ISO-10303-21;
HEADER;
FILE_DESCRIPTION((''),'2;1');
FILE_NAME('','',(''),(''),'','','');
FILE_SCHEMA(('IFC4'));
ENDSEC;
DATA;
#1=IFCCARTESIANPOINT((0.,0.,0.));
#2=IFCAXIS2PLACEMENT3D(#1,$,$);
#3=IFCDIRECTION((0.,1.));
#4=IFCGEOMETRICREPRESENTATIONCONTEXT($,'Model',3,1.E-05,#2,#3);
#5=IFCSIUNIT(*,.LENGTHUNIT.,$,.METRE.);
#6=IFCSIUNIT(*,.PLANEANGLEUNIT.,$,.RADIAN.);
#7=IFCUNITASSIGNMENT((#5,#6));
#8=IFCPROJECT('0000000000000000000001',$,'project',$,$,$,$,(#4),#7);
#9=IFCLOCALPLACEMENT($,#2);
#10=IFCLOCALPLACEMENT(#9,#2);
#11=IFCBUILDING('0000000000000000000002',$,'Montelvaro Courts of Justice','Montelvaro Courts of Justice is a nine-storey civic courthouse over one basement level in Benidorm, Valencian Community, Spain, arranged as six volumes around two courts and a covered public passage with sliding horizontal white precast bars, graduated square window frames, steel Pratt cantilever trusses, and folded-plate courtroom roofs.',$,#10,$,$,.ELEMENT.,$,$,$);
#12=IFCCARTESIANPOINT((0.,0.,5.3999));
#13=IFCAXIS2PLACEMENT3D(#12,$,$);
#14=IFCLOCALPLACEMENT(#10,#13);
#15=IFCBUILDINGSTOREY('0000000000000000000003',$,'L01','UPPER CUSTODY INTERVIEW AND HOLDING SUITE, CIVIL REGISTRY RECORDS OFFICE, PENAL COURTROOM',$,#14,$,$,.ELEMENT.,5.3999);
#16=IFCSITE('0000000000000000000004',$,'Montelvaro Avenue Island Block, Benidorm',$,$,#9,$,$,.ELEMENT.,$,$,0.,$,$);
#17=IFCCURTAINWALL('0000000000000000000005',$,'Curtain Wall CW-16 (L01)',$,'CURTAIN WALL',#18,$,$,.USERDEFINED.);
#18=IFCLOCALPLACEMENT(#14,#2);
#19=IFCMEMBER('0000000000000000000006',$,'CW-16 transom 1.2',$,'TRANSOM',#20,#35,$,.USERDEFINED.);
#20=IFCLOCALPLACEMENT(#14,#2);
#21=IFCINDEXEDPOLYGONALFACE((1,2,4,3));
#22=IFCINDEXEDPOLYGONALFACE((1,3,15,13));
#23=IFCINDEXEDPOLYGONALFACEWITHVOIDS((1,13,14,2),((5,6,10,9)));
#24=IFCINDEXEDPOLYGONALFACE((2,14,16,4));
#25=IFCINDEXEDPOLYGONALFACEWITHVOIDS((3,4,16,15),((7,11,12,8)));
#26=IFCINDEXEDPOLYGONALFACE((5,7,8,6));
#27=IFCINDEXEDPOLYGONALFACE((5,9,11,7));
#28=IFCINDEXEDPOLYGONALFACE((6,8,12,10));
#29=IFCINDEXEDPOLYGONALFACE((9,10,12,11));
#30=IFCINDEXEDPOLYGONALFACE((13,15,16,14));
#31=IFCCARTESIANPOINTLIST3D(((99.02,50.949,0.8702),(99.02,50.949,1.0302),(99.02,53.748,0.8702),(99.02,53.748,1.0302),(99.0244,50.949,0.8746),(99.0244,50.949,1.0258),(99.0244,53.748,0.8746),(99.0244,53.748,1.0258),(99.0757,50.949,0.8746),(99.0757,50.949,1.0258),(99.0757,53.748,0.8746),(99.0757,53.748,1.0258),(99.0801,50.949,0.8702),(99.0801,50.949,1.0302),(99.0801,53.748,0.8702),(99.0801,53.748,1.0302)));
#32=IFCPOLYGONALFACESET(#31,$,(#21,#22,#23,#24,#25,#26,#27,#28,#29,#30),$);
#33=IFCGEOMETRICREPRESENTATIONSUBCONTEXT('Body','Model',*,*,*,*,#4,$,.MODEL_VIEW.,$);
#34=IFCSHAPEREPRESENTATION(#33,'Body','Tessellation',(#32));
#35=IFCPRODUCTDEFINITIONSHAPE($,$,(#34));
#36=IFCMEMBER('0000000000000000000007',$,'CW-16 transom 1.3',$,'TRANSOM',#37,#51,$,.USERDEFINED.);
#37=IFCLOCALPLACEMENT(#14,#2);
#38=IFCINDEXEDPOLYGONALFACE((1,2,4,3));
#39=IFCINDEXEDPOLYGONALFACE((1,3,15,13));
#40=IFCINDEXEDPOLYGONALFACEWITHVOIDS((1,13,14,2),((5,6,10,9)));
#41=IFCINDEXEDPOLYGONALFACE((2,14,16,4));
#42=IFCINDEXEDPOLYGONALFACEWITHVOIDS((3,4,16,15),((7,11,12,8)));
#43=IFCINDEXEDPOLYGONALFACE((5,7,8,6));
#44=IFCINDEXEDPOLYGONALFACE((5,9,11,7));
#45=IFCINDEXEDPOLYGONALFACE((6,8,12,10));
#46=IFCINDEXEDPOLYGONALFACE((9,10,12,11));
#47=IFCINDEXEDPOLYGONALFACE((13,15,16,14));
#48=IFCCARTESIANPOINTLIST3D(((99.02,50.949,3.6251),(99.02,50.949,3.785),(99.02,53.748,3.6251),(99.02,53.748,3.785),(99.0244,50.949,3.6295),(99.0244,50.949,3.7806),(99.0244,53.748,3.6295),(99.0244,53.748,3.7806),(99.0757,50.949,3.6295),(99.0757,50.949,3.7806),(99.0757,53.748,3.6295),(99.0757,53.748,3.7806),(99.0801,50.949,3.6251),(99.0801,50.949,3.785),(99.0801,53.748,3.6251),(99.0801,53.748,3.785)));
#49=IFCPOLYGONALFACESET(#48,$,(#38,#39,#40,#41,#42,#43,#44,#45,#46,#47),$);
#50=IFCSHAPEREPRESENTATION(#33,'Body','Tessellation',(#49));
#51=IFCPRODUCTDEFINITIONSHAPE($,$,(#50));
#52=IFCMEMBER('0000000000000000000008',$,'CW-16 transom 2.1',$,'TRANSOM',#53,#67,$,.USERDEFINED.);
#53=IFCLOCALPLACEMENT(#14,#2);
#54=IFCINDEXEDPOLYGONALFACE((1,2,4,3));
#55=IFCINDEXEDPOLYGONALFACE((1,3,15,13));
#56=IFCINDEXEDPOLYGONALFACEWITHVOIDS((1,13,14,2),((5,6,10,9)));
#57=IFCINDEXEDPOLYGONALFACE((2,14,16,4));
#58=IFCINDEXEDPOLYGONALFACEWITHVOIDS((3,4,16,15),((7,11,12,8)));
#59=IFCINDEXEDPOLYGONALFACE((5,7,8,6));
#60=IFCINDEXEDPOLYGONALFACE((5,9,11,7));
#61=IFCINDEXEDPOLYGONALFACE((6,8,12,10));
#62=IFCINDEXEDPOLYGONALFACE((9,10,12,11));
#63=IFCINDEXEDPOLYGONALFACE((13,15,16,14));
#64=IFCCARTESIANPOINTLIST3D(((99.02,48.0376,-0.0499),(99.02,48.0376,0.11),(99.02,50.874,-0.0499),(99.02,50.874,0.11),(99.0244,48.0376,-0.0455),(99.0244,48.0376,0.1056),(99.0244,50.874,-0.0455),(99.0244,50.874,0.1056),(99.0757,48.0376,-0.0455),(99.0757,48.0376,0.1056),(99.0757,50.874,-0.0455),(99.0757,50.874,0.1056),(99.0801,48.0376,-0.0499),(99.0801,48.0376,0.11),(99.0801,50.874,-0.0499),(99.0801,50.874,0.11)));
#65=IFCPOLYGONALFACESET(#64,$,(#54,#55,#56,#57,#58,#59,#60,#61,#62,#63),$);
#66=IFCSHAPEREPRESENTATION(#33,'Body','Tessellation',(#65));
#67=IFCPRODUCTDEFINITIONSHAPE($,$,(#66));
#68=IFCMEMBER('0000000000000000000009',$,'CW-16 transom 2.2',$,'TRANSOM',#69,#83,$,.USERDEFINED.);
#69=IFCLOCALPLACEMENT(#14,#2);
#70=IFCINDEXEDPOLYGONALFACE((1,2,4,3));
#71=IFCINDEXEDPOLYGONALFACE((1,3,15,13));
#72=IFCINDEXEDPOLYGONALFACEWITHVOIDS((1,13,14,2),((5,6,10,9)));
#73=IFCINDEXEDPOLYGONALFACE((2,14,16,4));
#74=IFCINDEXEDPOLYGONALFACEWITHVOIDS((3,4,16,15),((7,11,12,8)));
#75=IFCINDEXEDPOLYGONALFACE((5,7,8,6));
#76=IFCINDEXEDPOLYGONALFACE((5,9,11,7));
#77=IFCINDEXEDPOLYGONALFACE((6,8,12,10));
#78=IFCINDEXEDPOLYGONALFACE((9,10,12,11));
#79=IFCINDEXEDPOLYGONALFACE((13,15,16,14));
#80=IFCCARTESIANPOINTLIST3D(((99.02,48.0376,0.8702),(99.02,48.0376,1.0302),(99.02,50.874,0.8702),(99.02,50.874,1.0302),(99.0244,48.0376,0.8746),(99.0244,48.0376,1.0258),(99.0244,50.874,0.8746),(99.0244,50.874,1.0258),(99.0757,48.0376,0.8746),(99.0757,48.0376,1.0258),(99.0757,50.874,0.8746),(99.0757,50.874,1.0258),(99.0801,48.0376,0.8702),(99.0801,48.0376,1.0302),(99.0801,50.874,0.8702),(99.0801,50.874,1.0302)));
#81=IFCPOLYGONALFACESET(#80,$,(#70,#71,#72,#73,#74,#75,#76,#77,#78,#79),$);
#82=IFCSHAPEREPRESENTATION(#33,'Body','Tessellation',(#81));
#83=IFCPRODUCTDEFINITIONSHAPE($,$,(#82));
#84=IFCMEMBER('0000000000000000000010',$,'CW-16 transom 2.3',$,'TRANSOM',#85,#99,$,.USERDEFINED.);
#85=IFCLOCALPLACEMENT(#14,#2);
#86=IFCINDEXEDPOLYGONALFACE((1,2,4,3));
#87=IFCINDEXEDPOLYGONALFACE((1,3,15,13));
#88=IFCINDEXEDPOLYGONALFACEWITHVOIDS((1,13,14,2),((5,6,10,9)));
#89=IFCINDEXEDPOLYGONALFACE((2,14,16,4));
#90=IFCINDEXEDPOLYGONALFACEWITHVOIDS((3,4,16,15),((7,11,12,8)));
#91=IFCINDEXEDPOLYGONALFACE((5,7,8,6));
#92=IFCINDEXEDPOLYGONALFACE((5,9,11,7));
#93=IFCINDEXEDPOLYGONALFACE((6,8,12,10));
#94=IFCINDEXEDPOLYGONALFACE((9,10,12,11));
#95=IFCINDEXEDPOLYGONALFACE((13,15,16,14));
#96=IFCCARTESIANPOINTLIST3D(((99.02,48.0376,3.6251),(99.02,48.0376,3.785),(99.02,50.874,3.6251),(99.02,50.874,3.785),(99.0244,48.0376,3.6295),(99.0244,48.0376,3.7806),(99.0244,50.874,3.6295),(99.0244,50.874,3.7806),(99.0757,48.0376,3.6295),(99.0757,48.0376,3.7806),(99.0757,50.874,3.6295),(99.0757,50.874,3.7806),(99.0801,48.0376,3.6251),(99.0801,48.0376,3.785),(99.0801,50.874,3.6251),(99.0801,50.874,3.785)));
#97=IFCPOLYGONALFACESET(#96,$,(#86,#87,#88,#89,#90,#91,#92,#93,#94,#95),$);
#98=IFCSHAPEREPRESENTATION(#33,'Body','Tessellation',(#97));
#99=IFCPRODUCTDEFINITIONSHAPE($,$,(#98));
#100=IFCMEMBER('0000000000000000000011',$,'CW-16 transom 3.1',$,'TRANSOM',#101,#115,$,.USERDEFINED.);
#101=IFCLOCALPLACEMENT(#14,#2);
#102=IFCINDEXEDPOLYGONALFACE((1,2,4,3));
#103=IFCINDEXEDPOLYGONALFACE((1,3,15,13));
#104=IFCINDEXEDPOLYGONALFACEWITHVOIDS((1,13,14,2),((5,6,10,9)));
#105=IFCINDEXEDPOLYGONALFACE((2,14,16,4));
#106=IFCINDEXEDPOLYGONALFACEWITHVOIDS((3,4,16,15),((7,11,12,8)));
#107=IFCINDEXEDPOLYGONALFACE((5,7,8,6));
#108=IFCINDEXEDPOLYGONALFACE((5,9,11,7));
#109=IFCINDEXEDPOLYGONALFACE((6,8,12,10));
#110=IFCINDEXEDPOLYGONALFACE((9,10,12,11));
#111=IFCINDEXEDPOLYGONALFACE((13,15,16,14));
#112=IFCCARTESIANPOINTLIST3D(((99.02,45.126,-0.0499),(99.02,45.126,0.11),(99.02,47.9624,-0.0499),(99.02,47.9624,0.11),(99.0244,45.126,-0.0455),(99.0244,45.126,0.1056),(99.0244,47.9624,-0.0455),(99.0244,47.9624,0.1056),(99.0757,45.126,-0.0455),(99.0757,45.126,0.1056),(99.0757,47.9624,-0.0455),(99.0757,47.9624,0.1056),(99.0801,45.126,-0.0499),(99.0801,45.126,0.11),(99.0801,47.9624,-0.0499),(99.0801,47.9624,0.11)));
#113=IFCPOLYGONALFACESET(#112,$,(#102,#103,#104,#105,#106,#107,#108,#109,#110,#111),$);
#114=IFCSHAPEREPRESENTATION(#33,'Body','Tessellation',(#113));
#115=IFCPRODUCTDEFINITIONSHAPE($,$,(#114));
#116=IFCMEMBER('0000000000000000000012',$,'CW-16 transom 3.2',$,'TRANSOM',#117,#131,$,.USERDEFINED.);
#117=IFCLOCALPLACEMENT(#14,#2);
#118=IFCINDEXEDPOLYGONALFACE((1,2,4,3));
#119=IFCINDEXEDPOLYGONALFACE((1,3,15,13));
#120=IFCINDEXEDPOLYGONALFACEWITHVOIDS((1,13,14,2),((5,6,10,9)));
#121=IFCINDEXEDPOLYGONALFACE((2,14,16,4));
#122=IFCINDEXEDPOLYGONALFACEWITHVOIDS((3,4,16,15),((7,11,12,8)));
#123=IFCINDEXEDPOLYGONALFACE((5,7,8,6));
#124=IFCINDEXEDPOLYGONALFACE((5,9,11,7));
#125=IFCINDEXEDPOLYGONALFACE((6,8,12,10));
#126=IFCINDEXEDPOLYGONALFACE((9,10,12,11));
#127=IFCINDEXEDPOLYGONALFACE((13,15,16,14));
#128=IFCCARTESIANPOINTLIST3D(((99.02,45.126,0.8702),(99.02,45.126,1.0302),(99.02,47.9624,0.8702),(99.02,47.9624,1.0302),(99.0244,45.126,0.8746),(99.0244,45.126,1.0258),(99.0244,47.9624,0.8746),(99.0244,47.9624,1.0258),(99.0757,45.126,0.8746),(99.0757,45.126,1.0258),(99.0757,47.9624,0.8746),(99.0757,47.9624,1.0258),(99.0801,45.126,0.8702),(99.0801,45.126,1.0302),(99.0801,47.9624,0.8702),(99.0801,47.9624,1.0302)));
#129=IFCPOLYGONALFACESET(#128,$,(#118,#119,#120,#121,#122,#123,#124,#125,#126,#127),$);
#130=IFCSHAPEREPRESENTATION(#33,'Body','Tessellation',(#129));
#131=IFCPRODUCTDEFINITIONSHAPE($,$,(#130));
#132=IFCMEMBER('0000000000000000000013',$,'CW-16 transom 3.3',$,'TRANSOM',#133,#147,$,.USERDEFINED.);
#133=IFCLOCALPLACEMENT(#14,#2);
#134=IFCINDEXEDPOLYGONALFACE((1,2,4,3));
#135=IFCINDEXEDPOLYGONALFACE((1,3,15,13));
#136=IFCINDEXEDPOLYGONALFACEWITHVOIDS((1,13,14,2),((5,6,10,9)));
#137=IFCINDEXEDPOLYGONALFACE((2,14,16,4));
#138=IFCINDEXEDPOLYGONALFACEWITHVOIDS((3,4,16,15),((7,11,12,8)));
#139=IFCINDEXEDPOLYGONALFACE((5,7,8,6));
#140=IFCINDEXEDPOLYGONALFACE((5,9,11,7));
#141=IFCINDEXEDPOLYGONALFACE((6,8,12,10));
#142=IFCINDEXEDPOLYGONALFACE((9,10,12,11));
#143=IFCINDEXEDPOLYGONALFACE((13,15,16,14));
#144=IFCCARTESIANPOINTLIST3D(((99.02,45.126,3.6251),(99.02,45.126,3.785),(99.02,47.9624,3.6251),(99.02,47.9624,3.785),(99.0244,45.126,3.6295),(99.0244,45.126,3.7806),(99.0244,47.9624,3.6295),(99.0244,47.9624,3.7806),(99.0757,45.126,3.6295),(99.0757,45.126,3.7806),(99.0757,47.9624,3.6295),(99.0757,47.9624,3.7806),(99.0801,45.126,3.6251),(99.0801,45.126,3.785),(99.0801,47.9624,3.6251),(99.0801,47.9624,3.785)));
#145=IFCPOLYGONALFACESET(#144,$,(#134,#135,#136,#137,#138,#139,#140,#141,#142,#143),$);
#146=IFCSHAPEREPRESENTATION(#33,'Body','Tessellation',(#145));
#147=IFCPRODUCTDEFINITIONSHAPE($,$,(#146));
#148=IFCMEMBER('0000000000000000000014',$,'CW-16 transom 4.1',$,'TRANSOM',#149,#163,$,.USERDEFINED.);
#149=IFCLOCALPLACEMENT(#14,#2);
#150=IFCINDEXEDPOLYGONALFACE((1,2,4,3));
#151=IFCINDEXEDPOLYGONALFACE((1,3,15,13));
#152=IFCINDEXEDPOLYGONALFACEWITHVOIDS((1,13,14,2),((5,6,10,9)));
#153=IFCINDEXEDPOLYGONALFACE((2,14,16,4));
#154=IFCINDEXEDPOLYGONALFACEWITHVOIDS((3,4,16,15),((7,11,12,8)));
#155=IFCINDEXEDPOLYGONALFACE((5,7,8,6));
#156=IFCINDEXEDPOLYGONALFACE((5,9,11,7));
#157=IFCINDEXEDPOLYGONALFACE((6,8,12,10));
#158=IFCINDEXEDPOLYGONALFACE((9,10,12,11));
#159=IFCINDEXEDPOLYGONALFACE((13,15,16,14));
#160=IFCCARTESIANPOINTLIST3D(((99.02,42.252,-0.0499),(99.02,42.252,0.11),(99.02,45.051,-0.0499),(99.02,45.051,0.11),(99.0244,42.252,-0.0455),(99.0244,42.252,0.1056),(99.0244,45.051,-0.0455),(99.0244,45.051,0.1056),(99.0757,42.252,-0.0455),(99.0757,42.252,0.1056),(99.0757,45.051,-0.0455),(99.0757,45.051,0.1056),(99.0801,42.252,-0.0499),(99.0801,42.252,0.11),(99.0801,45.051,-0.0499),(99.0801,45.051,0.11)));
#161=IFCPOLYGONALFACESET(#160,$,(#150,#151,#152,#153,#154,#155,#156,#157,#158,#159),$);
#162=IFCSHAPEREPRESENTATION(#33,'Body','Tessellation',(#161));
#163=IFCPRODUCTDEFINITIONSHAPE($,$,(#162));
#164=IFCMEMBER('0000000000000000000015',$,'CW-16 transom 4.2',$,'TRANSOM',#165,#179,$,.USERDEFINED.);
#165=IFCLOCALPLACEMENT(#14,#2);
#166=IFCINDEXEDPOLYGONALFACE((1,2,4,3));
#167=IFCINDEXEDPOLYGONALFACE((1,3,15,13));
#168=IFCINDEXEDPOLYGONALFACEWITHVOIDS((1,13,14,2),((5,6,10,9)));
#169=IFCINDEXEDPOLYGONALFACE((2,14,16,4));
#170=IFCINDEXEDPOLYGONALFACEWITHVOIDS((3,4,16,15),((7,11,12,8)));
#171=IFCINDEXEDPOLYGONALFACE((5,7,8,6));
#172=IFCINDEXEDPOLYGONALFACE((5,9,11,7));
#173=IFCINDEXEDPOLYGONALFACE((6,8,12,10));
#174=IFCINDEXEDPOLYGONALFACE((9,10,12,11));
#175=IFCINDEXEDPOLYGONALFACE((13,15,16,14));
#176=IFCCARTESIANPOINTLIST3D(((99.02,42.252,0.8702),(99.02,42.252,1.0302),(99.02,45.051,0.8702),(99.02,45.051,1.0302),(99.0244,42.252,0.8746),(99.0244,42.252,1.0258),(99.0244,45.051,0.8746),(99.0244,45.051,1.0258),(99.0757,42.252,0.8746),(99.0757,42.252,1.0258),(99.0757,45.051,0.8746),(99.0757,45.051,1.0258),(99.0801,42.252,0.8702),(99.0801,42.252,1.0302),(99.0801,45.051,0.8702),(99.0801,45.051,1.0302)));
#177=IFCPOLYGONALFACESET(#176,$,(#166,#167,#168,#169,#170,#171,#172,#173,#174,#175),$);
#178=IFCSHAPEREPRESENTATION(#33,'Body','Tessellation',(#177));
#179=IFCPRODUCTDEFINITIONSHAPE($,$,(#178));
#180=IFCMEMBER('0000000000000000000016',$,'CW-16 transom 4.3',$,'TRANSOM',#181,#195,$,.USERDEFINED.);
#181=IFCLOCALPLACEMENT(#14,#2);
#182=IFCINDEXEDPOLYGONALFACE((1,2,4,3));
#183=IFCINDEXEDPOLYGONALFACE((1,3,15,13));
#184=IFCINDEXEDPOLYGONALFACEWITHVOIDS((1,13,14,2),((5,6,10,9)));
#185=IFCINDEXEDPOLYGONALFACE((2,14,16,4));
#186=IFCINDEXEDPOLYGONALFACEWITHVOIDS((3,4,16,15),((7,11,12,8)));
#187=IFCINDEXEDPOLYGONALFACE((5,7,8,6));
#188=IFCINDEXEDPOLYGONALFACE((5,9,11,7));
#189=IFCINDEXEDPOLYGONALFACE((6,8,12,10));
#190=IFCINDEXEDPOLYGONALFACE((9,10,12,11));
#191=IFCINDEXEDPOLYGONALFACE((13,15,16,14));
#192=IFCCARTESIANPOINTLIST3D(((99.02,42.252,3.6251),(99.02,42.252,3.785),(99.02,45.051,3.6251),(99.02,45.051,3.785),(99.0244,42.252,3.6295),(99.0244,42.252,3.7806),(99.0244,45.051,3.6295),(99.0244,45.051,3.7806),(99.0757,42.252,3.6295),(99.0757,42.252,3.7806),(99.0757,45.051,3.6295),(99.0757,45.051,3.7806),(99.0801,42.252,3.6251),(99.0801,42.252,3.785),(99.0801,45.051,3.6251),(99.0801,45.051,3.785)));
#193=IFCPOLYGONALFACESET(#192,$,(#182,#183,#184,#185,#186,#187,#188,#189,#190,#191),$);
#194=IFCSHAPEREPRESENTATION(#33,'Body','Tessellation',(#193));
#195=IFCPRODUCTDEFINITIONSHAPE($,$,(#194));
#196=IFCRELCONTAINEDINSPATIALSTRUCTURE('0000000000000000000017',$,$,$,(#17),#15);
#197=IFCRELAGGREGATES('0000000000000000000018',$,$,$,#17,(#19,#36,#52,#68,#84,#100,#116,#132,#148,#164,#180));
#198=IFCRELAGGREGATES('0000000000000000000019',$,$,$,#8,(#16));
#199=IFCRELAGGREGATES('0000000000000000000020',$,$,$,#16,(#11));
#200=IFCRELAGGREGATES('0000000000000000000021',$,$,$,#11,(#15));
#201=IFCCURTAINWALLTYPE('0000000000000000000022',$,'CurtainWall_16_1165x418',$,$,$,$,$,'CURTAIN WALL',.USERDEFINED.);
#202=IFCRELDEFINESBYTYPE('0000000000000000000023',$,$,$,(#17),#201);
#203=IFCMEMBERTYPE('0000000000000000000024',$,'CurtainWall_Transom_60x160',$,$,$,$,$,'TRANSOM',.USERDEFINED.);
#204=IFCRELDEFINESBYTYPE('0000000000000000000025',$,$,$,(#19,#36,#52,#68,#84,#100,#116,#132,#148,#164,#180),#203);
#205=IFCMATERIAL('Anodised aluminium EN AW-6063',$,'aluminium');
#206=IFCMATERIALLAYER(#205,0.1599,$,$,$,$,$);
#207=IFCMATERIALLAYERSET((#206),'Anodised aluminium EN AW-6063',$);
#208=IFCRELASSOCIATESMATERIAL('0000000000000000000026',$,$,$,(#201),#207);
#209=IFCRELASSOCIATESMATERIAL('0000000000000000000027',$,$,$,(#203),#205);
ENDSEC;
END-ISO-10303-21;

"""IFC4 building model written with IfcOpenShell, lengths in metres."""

from ifc_helpers import new_model, si_unit, direction, frame, origin, origin_2d, place, context, subcontext, project, spatial, hollow_rectangle, extrude, material, layer, layer_set, material_profile, profile_set, type_object, element, aggregate, save


model = new_model("IFC4")

# Units and contexts
model_context = context("Model", 3, precision=1e-05, world=origin(), true_north=direction((0.0, 1.0)))
body_context = subcontext(model_context, "Body", "Model", "MODEL_VIEW")
ifc_project = project(units=[si_unit("LENGTHUNIT", "METRE"), si_unit("PLANEANGLEUNIT", "RADIAN")], contexts=[model_context])

# Site, building, storey
site_placement = place(None, origin())
site = spatial("IfcSite", under=ifc_project, at=site_placement, Name="Montelvaro Avenue Island Block, Benidorm", CompositionType="ELEMENT", RefElevation=0.0)
building_placement = place(site_placement, origin())
building = spatial("IfcBuilding", under=site, at=building_placement, Name="Montelvaro Courts of Justice", Description="Montelvaro Courts of Justice is a nine-storey civic courthouse over one basement level in Benidorm, Valencian Community, Spain, arranged as six volumes around two courts and a covered public passage with sliding horizontal white precast bars, graduated square window frames, steel Pratt cantilever trusses, and folded-plate courtroom roofs.", CompositionType="ELEMENT")
storey_placement = place(building_placement, frame((0.0, 0.0, 5.3999)))
storey = spatial("IfcBuildingStorey", under=building, at=storey_placement, Name="L01", Description="UPPER CUSTODY INTERVIEW AND HOLDING SUITE, CIVIL REGISTRY RECORDS OFFICE, PENAL COURTROOM", CompositionType="ELEMENT", Elevation=5.3999)

# Curtain wall, members
ifc_material_1 = material(Name="Anodised aluminium EN AW-6063", Category="aluminium")
ifc_layer_1 = layer(ifc_material_1, 0.1599)
ifc_layer_set_1 = layer_set([ifc_layer_1], Name="Anodised aluminium EN AW-6063")
curtain_wall_type = type_object("IfcCurtainWallType", Name="CurtainWall_16_1165x418", ElementType="CURTAIN WALL", PredefinedType="USERDEFINED", material=ifc_layer_set_1)
curtain_wall_placement = place(storey_placement, origin())
curtain_wall = element("IfcCurtainWall", 1, at=curtain_wall_placement, inside=storey, type_object=curtain_wall_type, Name="Curtain Wall CW-16 (L01)", ObjectType="CURTAIN WALL", PredefinedType="USERDEFINED")
ifc_material_profile_1 = material_profile(ifc_material_1, hollow_rectangle(XDim=0.0601, YDim=0.1599, WallThickness=0.0044, at=origin_2d()), Name="ALU-T 60x160")
ifc_profile_set_1 = profile_set([ifc_material_profile_1], Name="Anodised aluminium EN AW-6063")
member_type_1 = type_object("IfcMemberType", Name="CurtainWall_Transom_60x160", ElementType="TRANSOM", PredefinedType="USERDEFINED", material=ifc_profile_set_1)
member_1_placement = place(storey_placement, frame((99.05, 53.748, 0.9502), z_axis=(0.0, -1.0, 0.0), x_axis=(1.0, 0.0, 0.0)))
member_1 = element("IfcMember", 2, at=member_1_placement, type_object=member_type_1, Name="CW-16 transom 1.2", ObjectType="TRANSOM", PredefinedType="USERDEFINED", context=body_context, shape_type="SweptSolid", body=[
    extrude(hollow_rectangle(XDim=0.0601, YDim=0.1599, WallThickness=0.0044, at=origin_2d()), origin(), (0.0, 0.0, 1.0), 2.7991),
])
member_2_placement = place(storey_placement, frame((99.05, 53.748, 3.7051), z_axis=(0.0, -1.0, 0.0), x_axis=(1.0, 0.0, 0.0)))
member_2 = element("IfcMember", 3, at=member_2_placement, type_object=member_type_1, Name="CW-16 transom 1.3", ObjectType="TRANSOM", PredefinedType="USERDEFINED", context=body_context, shape_type="SweptSolid", body=[
    extrude(hollow_rectangle(XDim=0.0601, YDim=0.1599, WallThickness=0.0044, at=origin_2d()), origin(), (0.0, 0.0, 1.0), 2.7991),
])
member_3_placement = place(storey_placement, frame((99.05, 50.874, 0.03), z_axis=(0.0, -1.0, 0.0), x_axis=(1.0, 0.0, 0.0)))
member_3 = element("IfcMember", 4, at=member_3_placement, type_object=member_type_1, Name="CW-16 transom 2.1", ObjectType="TRANSOM", PredefinedType="USERDEFINED", context=body_context, shape_type="SweptSolid", body=[
    extrude(hollow_rectangle(XDim=0.0601, YDim=0.1599, WallThickness=0.0044, at=origin_2d()), origin(), (0.0, 0.0, 1.0), 2.8364),
])
member_4_placement = place(storey_placement, frame((99.05, 50.874, 0.9502), z_axis=(0.0, -1.0, 0.0), x_axis=(1.0, 0.0, 0.0)))
member_4 = element("IfcMember", 5, at=member_4_placement, type_object=member_type_1, Name="CW-16 transom 2.2", ObjectType="TRANSOM", PredefinedType="USERDEFINED", context=body_context, shape_type="SweptSolid", body=[
    extrude(hollow_rectangle(XDim=0.0601, YDim=0.1599, WallThickness=0.0044, at=origin_2d()), origin(), (0.0, 0.0, 1.0), 2.8364),
])
member_5_placement = place(storey_placement, frame((99.05, 50.874, 3.7051), z_axis=(0.0, -1.0, 0.0), x_axis=(1.0, 0.0, 0.0)))
member_5 = element("IfcMember", 6, at=member_5_placement, type_object=member_type_1, Name="CW-16 transom 2.3", ObjectType="TRANSOM", PredefinedType="USERDEFINED", context=body_context, shape_type="SweptSolid", body=[
    extrude(hollow_rectangle(XDim=0.0601, YDim=0.1599, WallThickness=0.0044, at=origin_2d()), origin(), (0.0, 0.0, 1.0), 2.8364),
])
member_6_placement = place(storey_placement, frame((99.05, 47.9624, 0.03), z_axis=(0.0, -1.0, 0.0), x_axis=(1.0, 0.0, 0.0)))
member_6 = element("IfcMember", 7, at=member_6_placement, type_object=member_type_1, Name="CW-16 transom 3.1", ObjectType="TRANSOM", PredefinedType="USERDEFINED", context=body_context, shape_type="SweptSolid", body=[
    extrude(hollow_rectangle(XDim=0.0601, YDim=0.1599, WallThickness=0.0044, at=origin_2d()), origin(), (0.0, 0.0, 1.0), 2.8364),
])
member_7_placement = place(storey_placement, frame((99.05, 47.9624, 0.9502), z_axis=(0.0, -1.0, 0.0), x_axis=(1.0, 0.0, 0.0)))
member_7 = element("IfcMember", 8, at=member_7_placement, type_object=member_type_1, Name="CW-16 transom 3.2", ObjectType="TRANSOM", PredefinedType="USERDEFINED", context=body_context, shape_type="SweptSolid", body=[
    extrude(hollow_rectangle(XDim=0.0601, YDim=0.1599, WallThickness=0.0044, at=origin_2d()), origin(), (0.0, 0.0, 1.0), 2.8364),
])
member_8_placement = place(storey_placement, frame((99.05, 47.9624, 3.7051), z_axis=(0.0, -1.0, 0.0), x_axis=(1.0, 0.0, 0.0)))
member_8 = element("IfcMember", 9, at=member_8_placement, type_object=member_type_1, Name="CW-16 transom 3.3", ObjectType="TRANSOM", PredefinedType="USERDEFINED", context=body_context, shape_type="SweptSolid", body=[
    extrude(hollow_rectangle(XDim=0.0601, YDim=0.1599, WallThickness=0.0044, at=origin_2d()), origin(), (0.0, 0.0, 1.0), 2.8364),
])
member_9_placement = place(storey_placement, frame((99.05, 45.051, 0.03), z_axis=(0.0, -1.0, 0.0), x_axis=(1.0, 0.0, 0.0)))
member_9 = element("IfcMember", 10, at=member_9_placement, type_object=member_type_1, Name="CW-16 transom 4.1", ObjectType="TRANSOM", PredefinedType="USERDEFINED", context=body_context, shape_type="SweptSolid", body=[
    extrude(hollow_rectangle(XDim=0.0601, YDim=0.1599, WallThickness=0.0044, at=origin_2d()), origin(), (0.0, 0.0, 1.0), 2.7991),
])
member_10_placement = place(storey_placement, frame((99.05, 45.051, 0.9502), z_axis=(0.0, -1.0, 0.0), x_axis=(1.0, 0.0, 0.0)))
member_10 = element("IfcMember", 11, at=member_10_placement, type_object=member_type_1, Name="CW-16 transom 4.2", ObjectType="TRANSOM", PredefinedType="USERDEFINED", context=body_context, shape_type="SweptSolid", body=[
    extrude(hollow_rectangle(XDim=0.0601, YDim=0.1599, WallThickness=0.0044, at=origin_2d()), origin(), (0.0, 0.0, 1.0), 2.7991),
])
member_11_placement = place(storey_placement, frame((99.05, 45.051, 3.7051), z_axis=(0.0, -1.0, 0.0), x_axis=(1.0, 0.0, 0.0)))
member_11 = element("IfcMember", 12, at=member_11_placement, type_object=member_type_1, Name="CW-16 transom 4.3", ObjectType="TRANSOM", PredefinedType="USERDEFINED", context=body_context, shape_type="SweptSolid", body=[
    extrude(hollow_rectangle(XDim=0.0601, YDim=0.1599, WallThickness=0.0044, at=origin_2d()), origin(), (0.0, 0.0, 1.0), 2.7991),
])
aggregate(curtain_wall, [member_1, member_2, member_3, member_4, member_5, member_6, member_7, member_8, member_9, member_10, member_11])

save(model, "model.ifc")
